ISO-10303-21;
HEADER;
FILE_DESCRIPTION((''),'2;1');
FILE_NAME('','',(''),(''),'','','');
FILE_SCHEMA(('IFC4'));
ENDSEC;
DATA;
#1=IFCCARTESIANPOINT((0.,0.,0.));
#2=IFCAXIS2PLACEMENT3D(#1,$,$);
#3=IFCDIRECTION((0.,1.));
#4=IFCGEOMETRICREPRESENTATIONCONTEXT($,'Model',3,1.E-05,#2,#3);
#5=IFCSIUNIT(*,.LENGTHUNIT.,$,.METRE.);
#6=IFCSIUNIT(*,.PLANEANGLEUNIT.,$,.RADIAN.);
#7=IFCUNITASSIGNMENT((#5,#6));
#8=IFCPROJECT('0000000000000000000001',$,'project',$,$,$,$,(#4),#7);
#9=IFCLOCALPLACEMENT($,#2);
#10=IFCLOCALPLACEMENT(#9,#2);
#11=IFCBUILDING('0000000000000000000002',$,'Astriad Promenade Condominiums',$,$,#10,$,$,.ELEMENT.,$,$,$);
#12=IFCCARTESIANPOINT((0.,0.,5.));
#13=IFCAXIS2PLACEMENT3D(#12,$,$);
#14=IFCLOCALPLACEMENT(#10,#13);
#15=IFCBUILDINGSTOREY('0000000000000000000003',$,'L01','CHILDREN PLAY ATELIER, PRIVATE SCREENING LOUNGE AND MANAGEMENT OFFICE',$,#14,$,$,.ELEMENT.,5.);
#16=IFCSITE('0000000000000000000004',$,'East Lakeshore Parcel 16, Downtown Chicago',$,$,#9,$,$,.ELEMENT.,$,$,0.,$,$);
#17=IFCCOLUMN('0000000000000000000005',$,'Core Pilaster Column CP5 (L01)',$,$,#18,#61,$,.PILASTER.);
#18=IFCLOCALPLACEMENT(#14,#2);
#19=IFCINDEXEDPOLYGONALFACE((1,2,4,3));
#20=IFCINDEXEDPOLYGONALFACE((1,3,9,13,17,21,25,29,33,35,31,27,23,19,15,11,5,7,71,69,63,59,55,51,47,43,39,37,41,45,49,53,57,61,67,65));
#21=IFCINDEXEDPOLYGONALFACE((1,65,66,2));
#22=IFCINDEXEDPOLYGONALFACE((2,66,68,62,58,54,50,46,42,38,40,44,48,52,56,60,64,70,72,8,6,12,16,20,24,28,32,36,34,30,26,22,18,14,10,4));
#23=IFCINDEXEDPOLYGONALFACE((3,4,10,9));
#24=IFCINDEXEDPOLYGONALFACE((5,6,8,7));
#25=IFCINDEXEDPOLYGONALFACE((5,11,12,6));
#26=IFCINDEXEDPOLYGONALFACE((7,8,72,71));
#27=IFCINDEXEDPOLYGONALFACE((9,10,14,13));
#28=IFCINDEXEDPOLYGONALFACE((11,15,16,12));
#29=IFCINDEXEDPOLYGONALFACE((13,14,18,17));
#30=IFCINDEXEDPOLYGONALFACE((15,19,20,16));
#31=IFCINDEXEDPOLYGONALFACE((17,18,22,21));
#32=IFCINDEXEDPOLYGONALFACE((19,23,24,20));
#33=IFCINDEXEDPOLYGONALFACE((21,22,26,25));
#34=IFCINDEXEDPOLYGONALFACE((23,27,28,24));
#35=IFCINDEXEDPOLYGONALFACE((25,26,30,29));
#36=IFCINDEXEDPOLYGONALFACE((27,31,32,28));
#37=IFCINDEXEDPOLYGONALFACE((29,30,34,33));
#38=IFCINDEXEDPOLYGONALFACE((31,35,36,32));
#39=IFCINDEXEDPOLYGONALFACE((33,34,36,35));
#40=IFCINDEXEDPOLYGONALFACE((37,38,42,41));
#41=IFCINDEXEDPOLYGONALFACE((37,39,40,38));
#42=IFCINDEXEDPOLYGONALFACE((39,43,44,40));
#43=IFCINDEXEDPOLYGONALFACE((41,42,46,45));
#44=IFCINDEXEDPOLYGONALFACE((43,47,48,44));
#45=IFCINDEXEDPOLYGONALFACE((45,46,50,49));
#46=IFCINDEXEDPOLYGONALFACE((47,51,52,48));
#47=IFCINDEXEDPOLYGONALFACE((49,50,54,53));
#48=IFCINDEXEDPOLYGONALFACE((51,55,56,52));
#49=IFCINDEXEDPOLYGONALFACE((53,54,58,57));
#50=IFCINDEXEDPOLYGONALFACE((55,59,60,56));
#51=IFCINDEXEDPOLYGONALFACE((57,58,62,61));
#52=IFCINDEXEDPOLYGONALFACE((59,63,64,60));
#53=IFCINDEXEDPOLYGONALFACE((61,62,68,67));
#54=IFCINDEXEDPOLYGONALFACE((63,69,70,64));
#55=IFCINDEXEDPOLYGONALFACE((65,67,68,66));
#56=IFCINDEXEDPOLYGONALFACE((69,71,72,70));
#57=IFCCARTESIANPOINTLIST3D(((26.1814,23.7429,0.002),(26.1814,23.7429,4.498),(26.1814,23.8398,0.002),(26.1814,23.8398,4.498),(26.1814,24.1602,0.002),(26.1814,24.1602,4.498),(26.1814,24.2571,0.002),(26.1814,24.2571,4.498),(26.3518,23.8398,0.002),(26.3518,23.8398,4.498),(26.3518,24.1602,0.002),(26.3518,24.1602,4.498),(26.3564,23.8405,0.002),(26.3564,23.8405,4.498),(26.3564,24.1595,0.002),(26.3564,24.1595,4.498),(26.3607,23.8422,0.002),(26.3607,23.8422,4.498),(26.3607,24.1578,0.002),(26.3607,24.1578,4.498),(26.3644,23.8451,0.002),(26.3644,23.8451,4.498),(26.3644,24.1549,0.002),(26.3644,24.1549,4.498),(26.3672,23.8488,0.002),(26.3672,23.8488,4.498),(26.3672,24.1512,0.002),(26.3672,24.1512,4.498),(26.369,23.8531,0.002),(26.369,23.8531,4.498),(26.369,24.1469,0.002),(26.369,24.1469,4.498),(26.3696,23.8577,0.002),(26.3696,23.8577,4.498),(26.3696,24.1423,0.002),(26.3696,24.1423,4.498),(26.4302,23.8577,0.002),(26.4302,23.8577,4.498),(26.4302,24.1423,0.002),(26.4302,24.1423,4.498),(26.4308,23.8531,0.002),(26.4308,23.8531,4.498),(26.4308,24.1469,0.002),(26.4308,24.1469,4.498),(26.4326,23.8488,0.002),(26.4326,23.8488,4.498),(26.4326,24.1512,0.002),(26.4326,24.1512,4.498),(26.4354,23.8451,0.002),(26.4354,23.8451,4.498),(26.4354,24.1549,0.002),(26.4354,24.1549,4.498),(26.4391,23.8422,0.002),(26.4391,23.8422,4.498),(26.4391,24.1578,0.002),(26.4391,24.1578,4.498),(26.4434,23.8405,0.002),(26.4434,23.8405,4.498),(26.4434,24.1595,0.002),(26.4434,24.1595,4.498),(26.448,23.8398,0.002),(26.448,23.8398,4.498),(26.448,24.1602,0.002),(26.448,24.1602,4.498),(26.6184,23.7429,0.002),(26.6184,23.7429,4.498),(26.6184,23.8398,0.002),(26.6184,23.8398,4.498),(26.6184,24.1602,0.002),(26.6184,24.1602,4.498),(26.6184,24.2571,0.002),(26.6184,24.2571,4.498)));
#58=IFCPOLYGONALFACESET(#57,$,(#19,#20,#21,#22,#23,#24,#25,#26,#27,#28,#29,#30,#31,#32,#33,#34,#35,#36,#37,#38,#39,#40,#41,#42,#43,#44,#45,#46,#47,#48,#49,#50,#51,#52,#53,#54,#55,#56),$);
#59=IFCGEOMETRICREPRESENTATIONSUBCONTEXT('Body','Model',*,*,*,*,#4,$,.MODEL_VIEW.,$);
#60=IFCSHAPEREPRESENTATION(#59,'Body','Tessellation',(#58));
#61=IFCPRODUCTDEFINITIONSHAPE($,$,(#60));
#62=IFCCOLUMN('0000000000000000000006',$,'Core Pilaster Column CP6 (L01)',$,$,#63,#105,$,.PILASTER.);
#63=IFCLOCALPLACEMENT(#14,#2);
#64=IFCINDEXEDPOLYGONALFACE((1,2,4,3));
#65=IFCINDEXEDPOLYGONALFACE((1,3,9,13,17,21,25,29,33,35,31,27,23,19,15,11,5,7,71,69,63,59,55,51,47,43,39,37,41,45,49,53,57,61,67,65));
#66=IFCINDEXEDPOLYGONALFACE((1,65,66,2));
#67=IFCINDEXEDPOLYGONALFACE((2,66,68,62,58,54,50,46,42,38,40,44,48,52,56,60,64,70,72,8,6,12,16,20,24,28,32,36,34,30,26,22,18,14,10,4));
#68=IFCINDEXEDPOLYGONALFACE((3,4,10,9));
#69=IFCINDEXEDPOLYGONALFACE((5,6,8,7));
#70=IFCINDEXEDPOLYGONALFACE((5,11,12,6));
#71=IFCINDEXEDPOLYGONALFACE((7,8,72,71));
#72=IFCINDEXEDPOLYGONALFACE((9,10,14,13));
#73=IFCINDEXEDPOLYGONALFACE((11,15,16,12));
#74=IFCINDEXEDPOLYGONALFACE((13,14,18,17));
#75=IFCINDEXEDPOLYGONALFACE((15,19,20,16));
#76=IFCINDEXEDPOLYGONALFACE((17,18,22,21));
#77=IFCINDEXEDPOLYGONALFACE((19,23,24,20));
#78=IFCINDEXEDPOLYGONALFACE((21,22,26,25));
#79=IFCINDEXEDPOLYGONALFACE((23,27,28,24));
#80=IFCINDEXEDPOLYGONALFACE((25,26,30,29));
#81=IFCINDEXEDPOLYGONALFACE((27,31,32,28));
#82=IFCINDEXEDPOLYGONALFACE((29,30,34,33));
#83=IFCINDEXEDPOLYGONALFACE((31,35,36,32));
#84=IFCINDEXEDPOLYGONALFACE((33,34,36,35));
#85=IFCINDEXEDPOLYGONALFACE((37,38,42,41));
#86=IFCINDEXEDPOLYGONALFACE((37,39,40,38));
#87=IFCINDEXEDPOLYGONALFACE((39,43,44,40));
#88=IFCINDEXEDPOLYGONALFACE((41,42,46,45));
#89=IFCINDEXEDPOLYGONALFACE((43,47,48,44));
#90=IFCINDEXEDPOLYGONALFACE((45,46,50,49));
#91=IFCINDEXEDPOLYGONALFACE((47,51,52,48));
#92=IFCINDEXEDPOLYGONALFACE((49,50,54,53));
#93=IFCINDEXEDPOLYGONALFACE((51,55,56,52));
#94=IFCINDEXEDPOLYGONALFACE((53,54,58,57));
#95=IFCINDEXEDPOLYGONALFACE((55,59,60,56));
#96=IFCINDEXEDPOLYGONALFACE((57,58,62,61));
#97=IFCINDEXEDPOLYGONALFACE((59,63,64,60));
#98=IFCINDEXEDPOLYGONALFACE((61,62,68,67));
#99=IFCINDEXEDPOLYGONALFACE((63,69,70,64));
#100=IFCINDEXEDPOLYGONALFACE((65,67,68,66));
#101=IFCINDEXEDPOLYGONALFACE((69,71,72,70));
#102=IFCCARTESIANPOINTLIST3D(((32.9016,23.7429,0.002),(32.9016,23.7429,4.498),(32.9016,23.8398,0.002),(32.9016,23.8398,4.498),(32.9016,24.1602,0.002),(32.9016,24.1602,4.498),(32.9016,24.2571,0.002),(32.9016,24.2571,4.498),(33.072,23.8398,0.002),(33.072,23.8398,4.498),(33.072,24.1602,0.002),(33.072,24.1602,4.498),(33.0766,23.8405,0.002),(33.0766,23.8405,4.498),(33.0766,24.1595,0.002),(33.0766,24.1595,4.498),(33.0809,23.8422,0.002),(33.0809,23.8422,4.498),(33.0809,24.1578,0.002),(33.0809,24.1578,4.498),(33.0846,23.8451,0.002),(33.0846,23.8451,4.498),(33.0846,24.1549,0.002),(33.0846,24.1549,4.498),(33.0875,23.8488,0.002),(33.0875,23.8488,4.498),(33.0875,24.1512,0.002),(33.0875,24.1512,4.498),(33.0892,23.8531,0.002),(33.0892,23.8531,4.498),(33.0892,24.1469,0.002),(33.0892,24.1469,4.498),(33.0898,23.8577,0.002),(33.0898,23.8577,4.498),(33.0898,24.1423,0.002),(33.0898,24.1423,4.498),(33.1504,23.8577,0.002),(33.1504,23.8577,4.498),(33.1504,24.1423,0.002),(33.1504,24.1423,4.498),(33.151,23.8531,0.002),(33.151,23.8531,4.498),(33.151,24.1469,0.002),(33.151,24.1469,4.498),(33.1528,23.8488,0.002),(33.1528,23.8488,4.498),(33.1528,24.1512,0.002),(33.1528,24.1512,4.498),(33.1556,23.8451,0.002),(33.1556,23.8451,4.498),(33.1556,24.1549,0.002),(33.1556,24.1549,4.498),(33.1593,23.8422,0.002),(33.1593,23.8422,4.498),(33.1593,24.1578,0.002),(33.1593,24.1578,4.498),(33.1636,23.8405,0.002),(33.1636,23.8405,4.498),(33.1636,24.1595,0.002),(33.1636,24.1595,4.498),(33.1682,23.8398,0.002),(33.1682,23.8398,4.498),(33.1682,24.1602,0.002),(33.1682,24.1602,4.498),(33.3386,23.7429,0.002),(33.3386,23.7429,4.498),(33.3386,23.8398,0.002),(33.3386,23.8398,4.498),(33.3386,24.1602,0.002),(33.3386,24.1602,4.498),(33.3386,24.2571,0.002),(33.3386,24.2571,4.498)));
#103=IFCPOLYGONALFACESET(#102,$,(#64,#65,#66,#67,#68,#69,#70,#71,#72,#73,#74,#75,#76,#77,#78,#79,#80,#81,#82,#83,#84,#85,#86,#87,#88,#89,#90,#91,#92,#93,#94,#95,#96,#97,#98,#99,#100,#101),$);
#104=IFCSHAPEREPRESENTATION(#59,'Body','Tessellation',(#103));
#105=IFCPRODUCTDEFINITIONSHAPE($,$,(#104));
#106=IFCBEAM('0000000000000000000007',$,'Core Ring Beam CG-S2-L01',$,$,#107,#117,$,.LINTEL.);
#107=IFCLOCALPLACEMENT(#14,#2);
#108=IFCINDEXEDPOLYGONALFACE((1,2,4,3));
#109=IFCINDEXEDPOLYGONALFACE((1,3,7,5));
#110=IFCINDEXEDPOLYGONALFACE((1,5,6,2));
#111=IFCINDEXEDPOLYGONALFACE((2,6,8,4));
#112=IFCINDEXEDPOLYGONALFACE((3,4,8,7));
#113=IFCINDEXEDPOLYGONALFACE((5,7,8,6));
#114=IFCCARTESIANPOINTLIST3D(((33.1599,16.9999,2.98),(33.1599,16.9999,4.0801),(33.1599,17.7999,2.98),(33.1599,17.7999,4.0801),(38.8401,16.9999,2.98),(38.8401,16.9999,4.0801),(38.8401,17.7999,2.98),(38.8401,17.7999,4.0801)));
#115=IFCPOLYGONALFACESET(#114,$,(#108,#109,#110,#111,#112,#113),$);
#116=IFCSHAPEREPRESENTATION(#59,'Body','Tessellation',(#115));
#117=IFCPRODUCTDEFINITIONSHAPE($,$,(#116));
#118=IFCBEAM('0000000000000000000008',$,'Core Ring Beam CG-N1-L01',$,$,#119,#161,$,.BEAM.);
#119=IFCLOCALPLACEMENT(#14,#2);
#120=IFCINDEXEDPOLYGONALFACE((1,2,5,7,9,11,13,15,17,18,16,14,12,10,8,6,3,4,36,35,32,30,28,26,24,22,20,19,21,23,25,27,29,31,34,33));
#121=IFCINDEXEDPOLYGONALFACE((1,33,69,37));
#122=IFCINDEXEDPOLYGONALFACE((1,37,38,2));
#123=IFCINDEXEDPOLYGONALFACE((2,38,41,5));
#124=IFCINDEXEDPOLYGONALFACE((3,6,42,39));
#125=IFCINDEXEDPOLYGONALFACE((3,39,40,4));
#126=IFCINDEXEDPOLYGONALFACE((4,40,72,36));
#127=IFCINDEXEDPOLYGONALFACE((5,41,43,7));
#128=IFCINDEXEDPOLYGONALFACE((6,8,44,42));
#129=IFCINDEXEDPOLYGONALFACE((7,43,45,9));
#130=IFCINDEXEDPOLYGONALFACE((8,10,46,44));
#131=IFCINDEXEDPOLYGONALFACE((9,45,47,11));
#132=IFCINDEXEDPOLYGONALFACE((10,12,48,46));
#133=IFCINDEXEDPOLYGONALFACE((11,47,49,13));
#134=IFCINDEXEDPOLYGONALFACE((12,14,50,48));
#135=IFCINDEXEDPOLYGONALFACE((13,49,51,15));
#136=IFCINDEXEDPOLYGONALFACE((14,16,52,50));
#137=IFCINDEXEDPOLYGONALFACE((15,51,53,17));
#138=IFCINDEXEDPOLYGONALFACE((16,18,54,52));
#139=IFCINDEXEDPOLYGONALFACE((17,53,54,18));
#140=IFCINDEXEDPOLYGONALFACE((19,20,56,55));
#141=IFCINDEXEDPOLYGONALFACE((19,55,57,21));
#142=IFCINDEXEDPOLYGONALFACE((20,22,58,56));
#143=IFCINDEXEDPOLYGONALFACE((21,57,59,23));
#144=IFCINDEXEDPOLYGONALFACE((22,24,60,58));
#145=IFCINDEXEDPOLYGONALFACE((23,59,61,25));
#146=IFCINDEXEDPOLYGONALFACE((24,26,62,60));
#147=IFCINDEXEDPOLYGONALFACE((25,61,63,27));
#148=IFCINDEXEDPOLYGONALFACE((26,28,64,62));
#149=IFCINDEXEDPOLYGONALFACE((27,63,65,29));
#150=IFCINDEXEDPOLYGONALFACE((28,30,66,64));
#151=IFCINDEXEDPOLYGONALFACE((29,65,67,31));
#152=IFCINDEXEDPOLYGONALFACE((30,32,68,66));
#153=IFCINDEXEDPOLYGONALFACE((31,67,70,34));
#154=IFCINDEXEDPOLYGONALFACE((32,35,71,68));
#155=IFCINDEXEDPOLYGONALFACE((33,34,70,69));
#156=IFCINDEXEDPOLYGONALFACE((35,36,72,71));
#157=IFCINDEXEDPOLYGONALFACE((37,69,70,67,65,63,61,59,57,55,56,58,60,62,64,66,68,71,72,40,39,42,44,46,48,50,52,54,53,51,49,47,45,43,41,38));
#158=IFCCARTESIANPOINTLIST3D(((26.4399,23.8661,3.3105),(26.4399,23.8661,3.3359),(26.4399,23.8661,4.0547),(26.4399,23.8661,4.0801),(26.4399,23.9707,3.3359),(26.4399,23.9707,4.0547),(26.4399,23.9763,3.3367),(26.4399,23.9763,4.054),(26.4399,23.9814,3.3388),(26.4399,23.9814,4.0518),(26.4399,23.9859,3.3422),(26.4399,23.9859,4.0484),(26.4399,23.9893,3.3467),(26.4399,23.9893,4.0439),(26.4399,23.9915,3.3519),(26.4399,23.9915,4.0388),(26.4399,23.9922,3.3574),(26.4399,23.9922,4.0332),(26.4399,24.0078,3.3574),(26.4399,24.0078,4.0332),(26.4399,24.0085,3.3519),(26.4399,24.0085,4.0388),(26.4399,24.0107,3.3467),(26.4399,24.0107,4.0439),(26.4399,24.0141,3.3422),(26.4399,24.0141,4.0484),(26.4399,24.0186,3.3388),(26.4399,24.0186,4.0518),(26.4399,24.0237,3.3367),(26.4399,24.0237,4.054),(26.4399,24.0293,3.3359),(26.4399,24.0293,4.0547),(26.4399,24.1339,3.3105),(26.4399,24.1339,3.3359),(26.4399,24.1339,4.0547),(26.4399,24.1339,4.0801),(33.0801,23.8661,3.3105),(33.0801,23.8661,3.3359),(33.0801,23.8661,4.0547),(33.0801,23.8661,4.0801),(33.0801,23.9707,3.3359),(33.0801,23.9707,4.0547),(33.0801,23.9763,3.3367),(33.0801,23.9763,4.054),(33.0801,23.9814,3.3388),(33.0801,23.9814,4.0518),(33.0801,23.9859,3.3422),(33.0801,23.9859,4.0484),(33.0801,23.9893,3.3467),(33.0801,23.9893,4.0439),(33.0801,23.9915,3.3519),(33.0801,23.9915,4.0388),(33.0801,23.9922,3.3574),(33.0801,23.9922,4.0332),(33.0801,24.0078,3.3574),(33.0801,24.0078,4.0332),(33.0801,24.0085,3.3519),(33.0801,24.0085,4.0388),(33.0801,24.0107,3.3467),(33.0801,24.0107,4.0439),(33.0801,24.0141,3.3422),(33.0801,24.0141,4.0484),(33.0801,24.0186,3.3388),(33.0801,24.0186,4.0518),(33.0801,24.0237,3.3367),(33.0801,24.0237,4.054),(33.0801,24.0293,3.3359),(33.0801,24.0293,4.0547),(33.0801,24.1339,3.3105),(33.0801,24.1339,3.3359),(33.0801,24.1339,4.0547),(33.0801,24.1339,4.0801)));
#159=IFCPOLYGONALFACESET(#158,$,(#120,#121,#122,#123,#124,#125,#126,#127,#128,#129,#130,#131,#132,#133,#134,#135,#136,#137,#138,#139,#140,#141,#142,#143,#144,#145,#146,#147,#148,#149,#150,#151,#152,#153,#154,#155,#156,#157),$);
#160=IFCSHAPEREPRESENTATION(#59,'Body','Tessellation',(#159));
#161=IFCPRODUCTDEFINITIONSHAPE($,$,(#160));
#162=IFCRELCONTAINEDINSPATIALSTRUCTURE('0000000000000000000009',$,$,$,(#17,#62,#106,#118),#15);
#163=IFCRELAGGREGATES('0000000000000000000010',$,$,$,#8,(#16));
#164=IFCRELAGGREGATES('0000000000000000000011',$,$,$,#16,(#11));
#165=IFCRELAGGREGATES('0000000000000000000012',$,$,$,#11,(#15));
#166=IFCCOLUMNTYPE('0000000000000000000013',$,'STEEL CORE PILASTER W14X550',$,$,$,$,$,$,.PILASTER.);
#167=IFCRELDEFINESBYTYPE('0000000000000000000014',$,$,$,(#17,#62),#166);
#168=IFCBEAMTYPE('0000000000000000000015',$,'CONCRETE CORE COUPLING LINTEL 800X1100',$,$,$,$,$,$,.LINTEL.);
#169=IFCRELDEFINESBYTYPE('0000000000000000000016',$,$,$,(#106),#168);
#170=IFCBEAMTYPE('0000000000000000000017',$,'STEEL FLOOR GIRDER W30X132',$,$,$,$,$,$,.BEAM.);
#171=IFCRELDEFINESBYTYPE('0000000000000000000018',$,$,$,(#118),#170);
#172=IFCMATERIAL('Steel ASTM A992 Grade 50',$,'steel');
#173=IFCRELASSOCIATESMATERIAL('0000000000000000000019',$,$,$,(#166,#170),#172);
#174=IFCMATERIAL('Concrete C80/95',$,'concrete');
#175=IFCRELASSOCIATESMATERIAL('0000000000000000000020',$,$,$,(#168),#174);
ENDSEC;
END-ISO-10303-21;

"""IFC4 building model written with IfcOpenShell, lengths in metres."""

from ifc_helpers import new_model, si_unit, direction, frame, origin, origin_2d, place, context, subcontext, project, spatial, rectangle, i_section, extrude, source, transform, mapped, material, material_profile, profile_set, type_object, type_shapes, element, save


model = new_model("IFC4")

# Units and contexts
model_context = context("Model", 3, precision=1e-05, world=origin(), true_north=direction((0.0, 1.0)))
body_context = subcontext(model_context, "Body", "Model", "MODEL_VIEW")
ifc_project = project(units=[si_unit("LENGTHUNIT", "METRE"), si_unit("PLANEANGLEUNIT", "RADIAN")], contexts=[model_context])

# Site, building, storey
site_placement = place(None, origin())
site = spatial("IfcSite", under=ifc_project, at=site_placement, Name="East Lakeshore Parcel 16, Downtown Chicago", CompositionType="ELEMENT", RefElevation=0.0)
building_placement = place(site_placement, origin())
building = spatial("IfcBuilding", under=site, at=building_placement, Name="Astriad Promenade Condominiums", CompositionType="ELEMENT")
storey_placement = place(building_placement, frame((0.0, 0.0, 5.0)))
storey = spatial("IfcBuildingStorey", under=building, at=storey_placement, Name="L01", Description="CHILDREN PLAY ATELIER, PRIVATE SCREENING LOUNGE AND MANAGEMENT OFFICE", CompositionType="ELEMENT", Elevation=5.0)

# Columns
ifc_material_1 = material(Name="Steel ASTM A992 Grade 50", Category="steel")
ifc_material_profile_1 = material_profile(ifc_material_1, i_section(OverallWidth=0.437, OverallDepth=0.5142, WebThickness=0.0605, FlangeThickness=0.0969, FilletRadius=0.0178, at=origin_2d()), Name="W14X550")
ifc_profile_set_1 = profile_set([ifc_material_profile_1], Name="Steel ASTM A992 Grade 50")
column_type = type_object("IfcColumnType", Name="STEEL CORE PILASTER W14X550", PredefinedType="PILASTER", material=ifc_profile_set_1)
shared_shape_1 = source(origin(), body_context, "Body", "SweptSolid", [
    extrude(i_section(OverallWidth=0.437, OverallDepth=0.5142, WebThickness=0.0605, FlangeThickness=0.0969, FilletRadius=0.0178, at=origin_2d()), origin(), (0.0, 0.0, 1.0), 4.4961),
])
type_shapes(column_type, [shared_shape_1])
for number, where, z_axis, x_axis, name in (
    (1, (26.3999, 24.0, 0.002), (0.0, 0.0, 1.0), (1.0, 0.0, 0.0), "Core Pilaster Column CP5 (L01)"),
    (2, (33.1201, 24.0, 0.002), (0.0, 0.0, 1.0), (1.0, 0.0, 0.0), "Core Pilaster Column CP6 (L01)"),
):
    element("IfcColumn", number, at=place(storey_placement, frame(where, z_axis=z_axis, x_axis=x_axis)), inside=storey, type_object=column_type, Name=name, PredefinedType="PILASTER", context=body_context, shape_type="MappedRepresentation", body=[
        mapped(shared_shape_1, transform((0.0, 0.0, 0.0), scale=1.0)),
    ])

# Beams
ifc_material_2 = material(Name="Concrete C80/95", Category="concrete")
ifc_material_profile_2 = material_profile(ifc_material_2, rectangle(XDim=0.8, YDim=1.1001, at=origin_2d()), Name="RC-BM-800X1100")
ifc_profile_set_2 = profile_set([ifc_material_profile_2], Name="Concrete C80/95")
beam_type_1 = type_object("IfcBeamType", Name="CONCRETE CORE COUPLING LINTEL 800X1100", PredefinedType="LINTEL", material=ifc_profile_set_2)
shared_shape_2 = source(origin(), body_context, "Body", "SweptSolid", [
    extrude(rectangle(XDim=0.8, YDim=1.1001, at=origin_2d()), origin(), (0.0, 0.0, 1.0), 5.6802),
])
type_shapes(beam_type_1, [shared_shape_2])
beam_1_placement = place(storey_placement, frame((33.1599, 17.3999, 3.53), z_axis=(1.0, 0.0, 0.0), x_axis=(0.0, 1.0, 0.0)))
element("IfcBeam", 3, at=beam_1_placement, inside=storey, type_object=beam_type_1, Name="Core Ring Beam CG-S2-L01", PredefinedType="LINTEL", context=body_context, shape_type="MappedRepresentation", body=[
    mapped(shared_shape_2, transform((0.0, 0.0, 0.0), scale=1.0)),
])
ifc_material_profile_3 = material_profile(ifc_material_1, i_section(OverallWidth=0.2678, OverallDepth=0.7695, WebThickness=0.0156, FlangeThickness=0.0254, FilletRadius=0.0215, at=origin_2d()), Name="W30X132")
ifc_profile_set_3 = profile_set([ifc_material_profile_3], Name="Steel ASTM A992 Grade 50")
beam_type_2 = type_object("IfcBeamType", Name="STEEL FLOOR GIRDER W30X132", PredefinedType="BEAM", material=ifc_profile_set_3)
shared_shape_3 = source(origin(), body_context, "Body", "SweptSolid", [
    extrude(i_section(OverallWidth=0.2678, OverallDepth=0.7695, WebThickness=0.0156, FlangeThickness=0.0254, FilletRadius=0.0215, at=origin_2d()), origin(), (0.0, 0.0, 1.0), 6.6401),
])
type_shapes(beam_type_2, [shared_shape_3])
beam_2_placement = place(storey_placement, frame((26.4399, 24.0, 3.6953), z_axis=(1.0, 0.0, 0.0), x_axis=(0.0, 1.0, 0.0)))
element("IfcBeam", 4, at=beam_2_placement, inside=storey, type_object=beam_type_2, Name="Core Ring Beam CG-N1-L01", PredefinedType="BEAM", context=body_context, shape_type="MappedRepresentation", body=[
    mapped(shared_shape_3, transform((0.0, 0.0, 0.0), scale=1.0)),
])

save(model, "model.ifc")
